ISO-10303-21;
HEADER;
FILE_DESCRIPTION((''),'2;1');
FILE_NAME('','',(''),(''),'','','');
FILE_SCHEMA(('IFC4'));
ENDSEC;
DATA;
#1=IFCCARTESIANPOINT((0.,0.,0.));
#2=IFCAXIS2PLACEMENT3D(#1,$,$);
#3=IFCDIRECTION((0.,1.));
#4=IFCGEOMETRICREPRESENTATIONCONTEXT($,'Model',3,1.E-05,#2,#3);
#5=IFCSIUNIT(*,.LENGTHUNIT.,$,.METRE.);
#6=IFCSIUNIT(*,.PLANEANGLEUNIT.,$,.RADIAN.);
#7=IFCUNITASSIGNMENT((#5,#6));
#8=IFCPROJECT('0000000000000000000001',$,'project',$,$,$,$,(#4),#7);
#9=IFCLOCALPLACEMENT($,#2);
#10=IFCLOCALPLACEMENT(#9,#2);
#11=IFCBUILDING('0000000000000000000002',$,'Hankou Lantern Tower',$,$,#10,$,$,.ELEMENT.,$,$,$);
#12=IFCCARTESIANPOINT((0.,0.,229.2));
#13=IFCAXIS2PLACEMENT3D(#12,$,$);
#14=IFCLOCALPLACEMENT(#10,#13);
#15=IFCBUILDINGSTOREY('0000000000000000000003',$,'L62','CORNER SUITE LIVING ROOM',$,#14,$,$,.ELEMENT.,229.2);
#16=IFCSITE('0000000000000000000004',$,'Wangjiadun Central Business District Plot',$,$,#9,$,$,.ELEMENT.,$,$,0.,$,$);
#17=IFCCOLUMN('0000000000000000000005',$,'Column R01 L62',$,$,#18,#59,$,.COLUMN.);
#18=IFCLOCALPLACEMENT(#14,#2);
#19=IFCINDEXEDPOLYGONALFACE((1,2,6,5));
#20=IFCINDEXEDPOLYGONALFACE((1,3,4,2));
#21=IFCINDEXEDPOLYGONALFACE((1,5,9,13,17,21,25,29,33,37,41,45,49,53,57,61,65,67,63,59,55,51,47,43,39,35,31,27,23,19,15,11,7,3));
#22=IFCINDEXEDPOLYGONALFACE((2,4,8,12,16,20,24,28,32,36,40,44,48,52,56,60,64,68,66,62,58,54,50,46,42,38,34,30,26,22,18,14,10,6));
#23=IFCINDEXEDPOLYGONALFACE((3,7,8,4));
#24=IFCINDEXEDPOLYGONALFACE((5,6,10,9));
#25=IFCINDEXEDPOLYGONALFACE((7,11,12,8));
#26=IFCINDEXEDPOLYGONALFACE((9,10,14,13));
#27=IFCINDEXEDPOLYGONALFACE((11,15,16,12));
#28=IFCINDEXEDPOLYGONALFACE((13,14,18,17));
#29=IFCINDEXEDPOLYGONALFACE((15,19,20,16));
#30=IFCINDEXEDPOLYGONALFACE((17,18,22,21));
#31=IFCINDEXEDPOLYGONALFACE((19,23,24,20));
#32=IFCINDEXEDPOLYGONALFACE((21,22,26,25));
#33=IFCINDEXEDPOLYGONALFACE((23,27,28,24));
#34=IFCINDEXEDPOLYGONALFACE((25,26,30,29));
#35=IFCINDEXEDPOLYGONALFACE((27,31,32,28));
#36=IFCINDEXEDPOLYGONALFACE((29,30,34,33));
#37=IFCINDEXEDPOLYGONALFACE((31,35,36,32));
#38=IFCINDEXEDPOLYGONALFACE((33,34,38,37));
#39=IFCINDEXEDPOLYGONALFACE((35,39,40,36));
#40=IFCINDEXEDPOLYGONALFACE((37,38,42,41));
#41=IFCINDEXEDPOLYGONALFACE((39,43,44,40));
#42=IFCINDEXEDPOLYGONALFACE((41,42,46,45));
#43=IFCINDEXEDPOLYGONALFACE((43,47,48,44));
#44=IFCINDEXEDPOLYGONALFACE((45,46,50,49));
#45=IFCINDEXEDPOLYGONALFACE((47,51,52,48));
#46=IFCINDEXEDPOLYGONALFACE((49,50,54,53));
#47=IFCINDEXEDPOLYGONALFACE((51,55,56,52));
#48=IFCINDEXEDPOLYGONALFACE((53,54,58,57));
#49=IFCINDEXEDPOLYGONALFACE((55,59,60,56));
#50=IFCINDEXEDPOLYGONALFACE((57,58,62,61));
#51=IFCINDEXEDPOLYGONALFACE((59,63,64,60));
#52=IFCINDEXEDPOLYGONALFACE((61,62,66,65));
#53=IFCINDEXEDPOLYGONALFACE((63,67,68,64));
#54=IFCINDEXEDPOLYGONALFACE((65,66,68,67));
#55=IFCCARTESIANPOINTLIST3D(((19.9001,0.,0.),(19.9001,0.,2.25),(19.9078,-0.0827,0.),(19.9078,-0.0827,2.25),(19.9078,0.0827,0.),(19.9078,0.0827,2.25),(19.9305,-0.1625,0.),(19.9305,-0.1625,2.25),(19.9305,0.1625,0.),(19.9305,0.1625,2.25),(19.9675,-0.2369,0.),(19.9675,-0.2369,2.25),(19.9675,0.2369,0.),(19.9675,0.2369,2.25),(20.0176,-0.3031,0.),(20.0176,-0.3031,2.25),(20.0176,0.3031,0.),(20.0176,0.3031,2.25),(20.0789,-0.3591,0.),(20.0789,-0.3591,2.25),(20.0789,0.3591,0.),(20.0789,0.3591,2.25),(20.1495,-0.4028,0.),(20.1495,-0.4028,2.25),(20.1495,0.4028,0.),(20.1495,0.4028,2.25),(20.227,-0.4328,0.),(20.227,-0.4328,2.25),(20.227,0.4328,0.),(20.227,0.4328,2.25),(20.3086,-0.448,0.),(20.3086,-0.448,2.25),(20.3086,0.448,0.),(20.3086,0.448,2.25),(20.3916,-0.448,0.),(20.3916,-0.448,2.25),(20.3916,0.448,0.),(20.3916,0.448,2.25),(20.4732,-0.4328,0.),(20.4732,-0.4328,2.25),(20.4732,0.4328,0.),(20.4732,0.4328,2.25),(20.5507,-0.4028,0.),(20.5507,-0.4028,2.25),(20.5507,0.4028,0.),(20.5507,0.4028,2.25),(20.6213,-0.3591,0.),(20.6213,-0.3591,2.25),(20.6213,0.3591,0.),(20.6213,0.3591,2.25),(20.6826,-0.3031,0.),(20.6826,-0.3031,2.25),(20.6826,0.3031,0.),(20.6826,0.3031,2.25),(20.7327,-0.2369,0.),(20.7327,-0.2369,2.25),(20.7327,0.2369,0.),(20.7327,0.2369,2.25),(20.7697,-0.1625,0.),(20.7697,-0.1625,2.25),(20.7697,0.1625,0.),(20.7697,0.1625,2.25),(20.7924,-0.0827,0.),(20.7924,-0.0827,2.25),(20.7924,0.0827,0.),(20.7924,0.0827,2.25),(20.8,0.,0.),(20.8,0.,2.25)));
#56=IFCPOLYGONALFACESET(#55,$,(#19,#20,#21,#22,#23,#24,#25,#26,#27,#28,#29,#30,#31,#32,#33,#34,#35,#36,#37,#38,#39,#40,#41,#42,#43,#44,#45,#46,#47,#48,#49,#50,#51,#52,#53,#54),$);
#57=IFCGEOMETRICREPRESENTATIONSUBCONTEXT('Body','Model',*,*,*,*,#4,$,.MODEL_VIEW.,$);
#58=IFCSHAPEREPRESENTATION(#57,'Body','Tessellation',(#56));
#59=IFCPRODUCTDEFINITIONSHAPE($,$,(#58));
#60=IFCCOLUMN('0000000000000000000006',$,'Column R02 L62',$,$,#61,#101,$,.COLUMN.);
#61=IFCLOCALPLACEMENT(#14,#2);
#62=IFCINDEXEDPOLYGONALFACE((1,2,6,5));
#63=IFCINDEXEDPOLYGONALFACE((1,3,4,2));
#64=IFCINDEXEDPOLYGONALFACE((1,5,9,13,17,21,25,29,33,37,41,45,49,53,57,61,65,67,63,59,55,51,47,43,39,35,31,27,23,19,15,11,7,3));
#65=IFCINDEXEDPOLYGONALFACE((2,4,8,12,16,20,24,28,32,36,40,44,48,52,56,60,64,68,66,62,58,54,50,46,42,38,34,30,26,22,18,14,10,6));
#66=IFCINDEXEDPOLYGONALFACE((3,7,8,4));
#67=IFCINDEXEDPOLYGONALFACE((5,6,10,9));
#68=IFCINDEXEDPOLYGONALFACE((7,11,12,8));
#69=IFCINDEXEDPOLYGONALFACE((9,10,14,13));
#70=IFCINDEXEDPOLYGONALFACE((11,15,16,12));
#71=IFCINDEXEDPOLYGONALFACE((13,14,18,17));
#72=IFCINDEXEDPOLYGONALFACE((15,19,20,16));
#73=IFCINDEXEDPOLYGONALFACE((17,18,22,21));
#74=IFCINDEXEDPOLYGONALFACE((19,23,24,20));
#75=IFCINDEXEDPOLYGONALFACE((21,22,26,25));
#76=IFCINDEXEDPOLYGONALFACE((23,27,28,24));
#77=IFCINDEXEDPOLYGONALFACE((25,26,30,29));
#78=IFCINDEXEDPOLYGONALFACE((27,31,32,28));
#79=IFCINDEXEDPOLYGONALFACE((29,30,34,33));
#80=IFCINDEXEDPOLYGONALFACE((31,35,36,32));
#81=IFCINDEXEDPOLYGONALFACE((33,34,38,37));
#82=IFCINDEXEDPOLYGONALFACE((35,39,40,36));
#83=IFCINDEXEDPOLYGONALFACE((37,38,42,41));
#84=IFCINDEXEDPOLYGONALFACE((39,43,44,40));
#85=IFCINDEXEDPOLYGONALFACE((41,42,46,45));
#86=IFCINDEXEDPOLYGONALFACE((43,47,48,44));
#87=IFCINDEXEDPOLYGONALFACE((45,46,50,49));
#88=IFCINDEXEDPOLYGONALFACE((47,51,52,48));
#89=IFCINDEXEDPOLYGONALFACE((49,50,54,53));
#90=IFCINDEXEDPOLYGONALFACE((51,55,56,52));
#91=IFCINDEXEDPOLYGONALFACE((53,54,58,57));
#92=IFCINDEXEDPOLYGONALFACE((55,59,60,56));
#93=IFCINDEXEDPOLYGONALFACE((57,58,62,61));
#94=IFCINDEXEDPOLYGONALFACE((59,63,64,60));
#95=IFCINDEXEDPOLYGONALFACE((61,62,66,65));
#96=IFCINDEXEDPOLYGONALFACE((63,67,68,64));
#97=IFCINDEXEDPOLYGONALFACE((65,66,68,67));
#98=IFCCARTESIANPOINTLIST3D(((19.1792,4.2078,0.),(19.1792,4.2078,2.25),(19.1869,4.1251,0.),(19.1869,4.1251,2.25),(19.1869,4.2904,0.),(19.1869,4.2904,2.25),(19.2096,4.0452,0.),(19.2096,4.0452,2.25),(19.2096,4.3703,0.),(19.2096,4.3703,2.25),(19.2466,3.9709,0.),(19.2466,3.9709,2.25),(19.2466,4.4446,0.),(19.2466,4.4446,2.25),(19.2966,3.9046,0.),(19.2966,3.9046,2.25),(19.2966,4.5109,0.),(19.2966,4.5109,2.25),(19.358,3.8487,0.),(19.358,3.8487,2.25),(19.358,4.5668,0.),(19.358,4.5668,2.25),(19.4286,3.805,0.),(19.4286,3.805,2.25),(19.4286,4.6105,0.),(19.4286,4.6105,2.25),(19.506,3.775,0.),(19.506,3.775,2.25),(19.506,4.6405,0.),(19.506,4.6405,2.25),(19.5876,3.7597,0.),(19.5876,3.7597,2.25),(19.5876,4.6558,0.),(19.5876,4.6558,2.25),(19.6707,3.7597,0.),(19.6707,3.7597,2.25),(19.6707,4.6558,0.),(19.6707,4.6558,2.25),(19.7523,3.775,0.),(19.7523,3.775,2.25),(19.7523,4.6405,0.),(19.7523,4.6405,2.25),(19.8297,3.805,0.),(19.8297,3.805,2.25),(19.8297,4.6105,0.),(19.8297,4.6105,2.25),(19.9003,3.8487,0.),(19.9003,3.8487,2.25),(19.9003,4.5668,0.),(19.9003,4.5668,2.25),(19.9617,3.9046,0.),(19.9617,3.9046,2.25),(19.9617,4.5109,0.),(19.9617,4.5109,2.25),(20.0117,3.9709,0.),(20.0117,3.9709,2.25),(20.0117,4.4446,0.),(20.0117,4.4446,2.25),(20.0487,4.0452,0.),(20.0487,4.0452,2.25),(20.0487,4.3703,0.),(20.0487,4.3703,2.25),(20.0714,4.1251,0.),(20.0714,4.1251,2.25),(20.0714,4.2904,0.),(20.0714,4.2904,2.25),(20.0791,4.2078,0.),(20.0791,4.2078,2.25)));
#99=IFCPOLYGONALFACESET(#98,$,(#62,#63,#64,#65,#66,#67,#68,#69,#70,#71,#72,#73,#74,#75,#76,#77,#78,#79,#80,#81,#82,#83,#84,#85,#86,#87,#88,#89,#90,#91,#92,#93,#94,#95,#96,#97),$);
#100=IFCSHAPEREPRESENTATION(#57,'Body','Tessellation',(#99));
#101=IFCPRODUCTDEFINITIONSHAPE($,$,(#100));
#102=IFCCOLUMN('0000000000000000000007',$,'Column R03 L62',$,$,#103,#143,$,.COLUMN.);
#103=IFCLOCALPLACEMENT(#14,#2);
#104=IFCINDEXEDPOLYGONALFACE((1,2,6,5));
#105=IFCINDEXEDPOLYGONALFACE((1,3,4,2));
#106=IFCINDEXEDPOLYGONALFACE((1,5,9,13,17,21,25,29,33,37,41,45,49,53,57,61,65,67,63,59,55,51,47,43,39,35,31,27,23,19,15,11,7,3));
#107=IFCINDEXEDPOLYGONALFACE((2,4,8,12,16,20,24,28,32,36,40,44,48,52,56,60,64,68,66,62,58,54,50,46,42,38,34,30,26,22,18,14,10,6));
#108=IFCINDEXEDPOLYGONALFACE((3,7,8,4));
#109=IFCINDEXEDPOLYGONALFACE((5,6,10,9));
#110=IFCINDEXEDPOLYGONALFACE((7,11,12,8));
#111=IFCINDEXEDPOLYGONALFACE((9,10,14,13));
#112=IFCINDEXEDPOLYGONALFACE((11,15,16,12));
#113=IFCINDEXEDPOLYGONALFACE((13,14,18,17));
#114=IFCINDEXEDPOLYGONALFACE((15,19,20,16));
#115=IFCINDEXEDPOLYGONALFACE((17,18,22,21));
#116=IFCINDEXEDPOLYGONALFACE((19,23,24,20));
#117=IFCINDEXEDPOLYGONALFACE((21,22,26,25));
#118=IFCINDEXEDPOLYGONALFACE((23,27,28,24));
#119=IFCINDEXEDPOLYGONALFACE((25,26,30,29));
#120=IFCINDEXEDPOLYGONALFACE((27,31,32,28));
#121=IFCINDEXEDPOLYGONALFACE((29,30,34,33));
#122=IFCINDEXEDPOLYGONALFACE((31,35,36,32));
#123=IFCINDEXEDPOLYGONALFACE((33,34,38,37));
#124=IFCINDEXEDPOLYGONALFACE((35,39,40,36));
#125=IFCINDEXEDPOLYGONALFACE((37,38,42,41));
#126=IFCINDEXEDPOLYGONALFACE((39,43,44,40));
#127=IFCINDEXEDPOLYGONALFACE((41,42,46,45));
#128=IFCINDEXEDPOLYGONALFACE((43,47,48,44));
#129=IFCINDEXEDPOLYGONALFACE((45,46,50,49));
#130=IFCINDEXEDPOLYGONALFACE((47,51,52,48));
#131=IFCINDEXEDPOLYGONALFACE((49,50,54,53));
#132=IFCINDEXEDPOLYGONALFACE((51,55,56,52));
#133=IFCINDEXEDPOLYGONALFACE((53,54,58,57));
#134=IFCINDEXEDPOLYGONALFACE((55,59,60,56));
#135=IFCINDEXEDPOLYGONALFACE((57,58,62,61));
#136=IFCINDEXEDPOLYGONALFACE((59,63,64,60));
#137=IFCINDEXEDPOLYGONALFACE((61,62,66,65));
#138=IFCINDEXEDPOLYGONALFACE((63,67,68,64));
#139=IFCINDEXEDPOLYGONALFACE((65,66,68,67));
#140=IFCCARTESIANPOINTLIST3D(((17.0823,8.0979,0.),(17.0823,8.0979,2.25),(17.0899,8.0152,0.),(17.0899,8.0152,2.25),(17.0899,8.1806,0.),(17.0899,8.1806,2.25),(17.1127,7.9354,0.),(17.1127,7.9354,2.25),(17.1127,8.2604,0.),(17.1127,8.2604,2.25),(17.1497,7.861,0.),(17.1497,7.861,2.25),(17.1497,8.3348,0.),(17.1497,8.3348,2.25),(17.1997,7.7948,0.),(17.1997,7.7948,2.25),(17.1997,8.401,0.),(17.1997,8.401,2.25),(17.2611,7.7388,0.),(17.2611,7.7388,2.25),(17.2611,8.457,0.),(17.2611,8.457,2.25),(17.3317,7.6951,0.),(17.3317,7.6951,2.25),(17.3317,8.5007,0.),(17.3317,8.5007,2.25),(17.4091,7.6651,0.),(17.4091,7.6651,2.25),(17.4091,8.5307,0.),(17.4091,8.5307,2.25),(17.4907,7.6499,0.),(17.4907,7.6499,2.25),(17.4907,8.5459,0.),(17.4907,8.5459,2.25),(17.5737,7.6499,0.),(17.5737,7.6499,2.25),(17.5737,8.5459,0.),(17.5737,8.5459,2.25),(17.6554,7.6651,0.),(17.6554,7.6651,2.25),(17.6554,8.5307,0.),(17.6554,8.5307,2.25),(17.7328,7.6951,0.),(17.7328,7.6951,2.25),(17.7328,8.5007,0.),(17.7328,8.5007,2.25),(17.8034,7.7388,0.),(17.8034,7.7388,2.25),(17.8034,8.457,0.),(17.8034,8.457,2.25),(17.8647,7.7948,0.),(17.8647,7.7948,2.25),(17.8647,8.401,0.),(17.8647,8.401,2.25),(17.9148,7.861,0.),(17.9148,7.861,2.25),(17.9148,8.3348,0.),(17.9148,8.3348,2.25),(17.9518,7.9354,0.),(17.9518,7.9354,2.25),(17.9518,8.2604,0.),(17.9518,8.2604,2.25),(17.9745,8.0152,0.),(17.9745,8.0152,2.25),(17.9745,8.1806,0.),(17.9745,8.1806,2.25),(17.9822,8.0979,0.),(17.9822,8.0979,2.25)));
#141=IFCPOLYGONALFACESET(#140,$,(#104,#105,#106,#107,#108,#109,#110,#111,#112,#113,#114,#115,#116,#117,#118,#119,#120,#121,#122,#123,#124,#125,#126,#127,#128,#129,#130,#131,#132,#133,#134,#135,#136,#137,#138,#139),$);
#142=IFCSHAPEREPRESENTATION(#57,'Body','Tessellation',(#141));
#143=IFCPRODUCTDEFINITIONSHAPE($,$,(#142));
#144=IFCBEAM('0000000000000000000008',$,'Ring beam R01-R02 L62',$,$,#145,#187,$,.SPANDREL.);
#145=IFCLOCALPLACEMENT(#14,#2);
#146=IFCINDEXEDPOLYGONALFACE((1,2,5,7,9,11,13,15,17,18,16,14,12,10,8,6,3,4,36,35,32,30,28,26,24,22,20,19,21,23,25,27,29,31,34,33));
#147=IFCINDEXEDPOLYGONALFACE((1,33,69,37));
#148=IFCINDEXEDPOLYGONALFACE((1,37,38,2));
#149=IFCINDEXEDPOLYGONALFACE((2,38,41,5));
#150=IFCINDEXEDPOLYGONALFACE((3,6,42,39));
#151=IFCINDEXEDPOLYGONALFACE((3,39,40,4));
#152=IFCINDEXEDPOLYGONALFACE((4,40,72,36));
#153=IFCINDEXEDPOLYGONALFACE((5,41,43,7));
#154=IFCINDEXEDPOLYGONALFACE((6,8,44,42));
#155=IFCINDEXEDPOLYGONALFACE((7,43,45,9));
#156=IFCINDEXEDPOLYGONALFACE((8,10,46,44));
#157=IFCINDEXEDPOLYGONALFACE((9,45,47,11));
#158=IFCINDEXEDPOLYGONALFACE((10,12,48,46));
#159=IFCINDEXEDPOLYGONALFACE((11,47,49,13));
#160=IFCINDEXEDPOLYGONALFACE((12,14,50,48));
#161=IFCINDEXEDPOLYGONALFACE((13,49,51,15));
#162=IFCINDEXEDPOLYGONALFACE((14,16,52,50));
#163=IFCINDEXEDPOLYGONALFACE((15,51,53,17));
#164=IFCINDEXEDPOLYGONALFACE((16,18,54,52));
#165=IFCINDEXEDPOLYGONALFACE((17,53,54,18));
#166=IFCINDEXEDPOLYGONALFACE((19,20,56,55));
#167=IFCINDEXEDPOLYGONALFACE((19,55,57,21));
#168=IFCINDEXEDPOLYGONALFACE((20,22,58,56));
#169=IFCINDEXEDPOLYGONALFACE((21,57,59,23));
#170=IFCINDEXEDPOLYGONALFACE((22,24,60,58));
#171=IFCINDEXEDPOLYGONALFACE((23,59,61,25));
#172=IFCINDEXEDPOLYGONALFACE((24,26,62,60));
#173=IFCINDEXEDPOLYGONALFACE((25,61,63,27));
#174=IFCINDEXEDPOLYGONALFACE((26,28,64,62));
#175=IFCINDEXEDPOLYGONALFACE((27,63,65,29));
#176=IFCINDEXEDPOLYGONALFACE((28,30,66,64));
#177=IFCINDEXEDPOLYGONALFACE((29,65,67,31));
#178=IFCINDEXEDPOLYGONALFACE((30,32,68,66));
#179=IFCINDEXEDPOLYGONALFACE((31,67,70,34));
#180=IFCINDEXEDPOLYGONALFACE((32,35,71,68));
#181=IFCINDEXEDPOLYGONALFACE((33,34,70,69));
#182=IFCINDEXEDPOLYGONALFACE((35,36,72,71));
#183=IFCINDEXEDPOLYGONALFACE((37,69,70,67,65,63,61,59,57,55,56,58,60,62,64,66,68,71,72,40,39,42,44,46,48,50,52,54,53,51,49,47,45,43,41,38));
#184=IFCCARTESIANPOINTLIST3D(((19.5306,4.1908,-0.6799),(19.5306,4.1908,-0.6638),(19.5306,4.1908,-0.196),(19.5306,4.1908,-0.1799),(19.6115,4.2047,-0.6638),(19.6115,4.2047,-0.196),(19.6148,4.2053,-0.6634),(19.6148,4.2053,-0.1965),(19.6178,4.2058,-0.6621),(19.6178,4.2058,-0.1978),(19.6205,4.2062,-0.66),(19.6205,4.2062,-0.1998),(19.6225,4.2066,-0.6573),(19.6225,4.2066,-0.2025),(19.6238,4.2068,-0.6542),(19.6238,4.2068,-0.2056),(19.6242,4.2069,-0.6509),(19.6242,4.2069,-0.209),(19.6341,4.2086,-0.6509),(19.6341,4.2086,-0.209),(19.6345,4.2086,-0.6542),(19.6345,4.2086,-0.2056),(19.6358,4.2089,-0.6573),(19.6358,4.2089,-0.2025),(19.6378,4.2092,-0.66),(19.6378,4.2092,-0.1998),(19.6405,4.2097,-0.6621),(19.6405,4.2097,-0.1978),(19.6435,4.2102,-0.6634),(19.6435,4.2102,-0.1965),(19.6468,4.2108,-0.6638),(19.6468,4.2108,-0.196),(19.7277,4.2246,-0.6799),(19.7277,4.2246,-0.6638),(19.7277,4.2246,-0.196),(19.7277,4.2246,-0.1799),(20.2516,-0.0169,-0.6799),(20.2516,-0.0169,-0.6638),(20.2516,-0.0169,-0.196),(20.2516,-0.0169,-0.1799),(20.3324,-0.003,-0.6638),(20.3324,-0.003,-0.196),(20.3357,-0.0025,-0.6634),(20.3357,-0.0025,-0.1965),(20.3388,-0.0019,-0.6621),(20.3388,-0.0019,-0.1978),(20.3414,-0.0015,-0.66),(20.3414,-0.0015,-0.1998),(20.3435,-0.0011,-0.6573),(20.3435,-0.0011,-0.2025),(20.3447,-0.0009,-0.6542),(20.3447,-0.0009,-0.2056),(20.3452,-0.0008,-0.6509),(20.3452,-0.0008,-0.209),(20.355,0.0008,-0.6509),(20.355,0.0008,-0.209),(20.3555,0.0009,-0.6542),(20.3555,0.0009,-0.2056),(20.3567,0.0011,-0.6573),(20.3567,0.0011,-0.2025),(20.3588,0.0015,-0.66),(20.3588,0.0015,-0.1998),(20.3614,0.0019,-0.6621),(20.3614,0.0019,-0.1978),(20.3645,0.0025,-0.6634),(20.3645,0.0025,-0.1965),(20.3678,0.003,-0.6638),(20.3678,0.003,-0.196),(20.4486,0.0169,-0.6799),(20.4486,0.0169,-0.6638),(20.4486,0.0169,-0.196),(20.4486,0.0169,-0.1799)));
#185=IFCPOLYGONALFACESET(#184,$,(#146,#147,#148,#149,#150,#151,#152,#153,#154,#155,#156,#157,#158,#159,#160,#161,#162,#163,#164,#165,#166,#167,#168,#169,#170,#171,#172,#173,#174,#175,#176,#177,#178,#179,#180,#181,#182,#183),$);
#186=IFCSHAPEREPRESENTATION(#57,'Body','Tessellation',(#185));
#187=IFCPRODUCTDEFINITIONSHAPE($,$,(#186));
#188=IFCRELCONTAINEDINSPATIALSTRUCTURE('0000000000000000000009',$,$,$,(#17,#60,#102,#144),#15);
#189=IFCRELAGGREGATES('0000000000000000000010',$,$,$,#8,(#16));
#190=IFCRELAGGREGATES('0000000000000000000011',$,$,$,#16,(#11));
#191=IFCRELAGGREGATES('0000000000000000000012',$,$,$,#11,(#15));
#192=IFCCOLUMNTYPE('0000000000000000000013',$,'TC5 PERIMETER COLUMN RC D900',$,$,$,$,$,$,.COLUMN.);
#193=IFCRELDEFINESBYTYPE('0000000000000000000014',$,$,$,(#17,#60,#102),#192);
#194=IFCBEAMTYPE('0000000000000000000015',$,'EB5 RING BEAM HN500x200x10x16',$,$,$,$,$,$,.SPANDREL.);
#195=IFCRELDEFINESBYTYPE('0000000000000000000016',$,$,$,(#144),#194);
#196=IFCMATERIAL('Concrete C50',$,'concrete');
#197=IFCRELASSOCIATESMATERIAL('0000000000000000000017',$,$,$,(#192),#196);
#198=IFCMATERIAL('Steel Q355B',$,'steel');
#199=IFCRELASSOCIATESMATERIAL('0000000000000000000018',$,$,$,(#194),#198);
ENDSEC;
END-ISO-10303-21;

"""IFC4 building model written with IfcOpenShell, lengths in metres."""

from ifc_helpers import new_model, si_unit, direction, frame, origin, origin_2d, place, context, subcontext, project, spatial, circle, i_section, extrude, clip, halfspace, material, material_profile, profile_set, type_object, element, save


model = new_model("IFC4")

# Units and contexts
model_context = context("Model", 3, precision=1e-05, world=origin(), true_north=direction((0.0, 1.0)))
body_context = subcontext(model_context, "Body", "Model", "MODEL_VIEW")
ifc_project = project(units=[si_unit("LENGTHUNIT", "METRE"), si_unit("PLANEANGLEUNIT", "RADIAN")], contexts=[model_context])

# Site, building, storey
site_placement = place(None, origin())
site = spatial("IfcSite", under=ifc_project, at=site_placement, Name="Wangjiadun Central Business District Plot", CompositionType="ELEMENT", RefElevation=0.0)
building_placement = place(site_placement, origin())
building = spatial("IfcBuilding", under=site, at=building_placement, Name="Hankou Lantern Tower", CompositionType="ELEMENT")
storey_placement = place(building_placement, frame((0.0, 0.0, 229.2)))
storey = spatial("IfcBuildingStorey", under=building, at=storey_placement, Name="L62", Description="CORNER SUITE LIVING ROOM", CompositionType="ELEMENT", Elevation=229.2)

# Columns
ifc_material_1 = material(Name="Concrete C50", Category="concrete")
ifc_material_profile_1 = material_profile(ifc_material_1, circle(Radius=0.45, at=origin_2d()), Name="RC D900")
ifc_profile_set_1 = profile_set([ifc_material_profile_1], Name="Concrete C50")
column_type = type_object("IfcColumnType", Name="TC5 PERIMETER COLUMN RC D900", PredefinedType="COLUMN", material=ifc_profile_set_1)
for number, where, z_axis, x_axis, name in (
    (1, (20.3501, 0.0, 0.0), (0.0, 0.0, 1.0), (1.0, 0.0, 0.0), "Column R01 L62"),
    (2, (19.6292, 4.2078, 0.0), (0.0, 0.0, 1.0), (1.0, 0.0, 0.0), "Column R02 L62"),
    (3, (17.5322, 8.0979, 0.0), (0.0, 0.0, 1.0), (1.0, 0.0, 0.0), "Column R03 L62"),
):
    element("IfcColumn", number, at=place(storey_placement, frame(where, z_axis=z_axis, x_axis=x_axis)), inside=storey, type_object=column_type, Name=name, PredefinedType="COLUMN", context=body_context, shape_type="Clipping", body=[
        clip(extrude(circle(Radius=0.45, at=origin_2d()), origin(), (0.0, 0.0, 1.0), 3.3), halfspace(frame((0.0, 0.0, 2.25), z_axis=(0.0, 0.0, 1.0), x_axis=(1.0, 0.0, 0.0)), False)),
    ])

# Beam
ifc_material_2 = material(Name="Steel Q355B", Category="steel")
ifc_material_profile_2 = material_profile(ifc_material_2, i_section(OverallWidth=0.2, OverallDepth=0.5, WebThickness=0.01, FlangeThickness=0.0161, FilletRadius=0.0129, at=origin_2d()), Name="HN500x200x10x16")
ifc_profile_set_2 = profile_set([ifc_material_profile_2], Name="Steel Q355B")
beam_type_1 = type_object("IfcBeamType", Name="EB5 RING BEAM HN500x200x10x16", PredefinedType="SPANDREL", material=ifc_profile_set_2)
beam_1_placement = place(storey_placement, frame((20.3501, 0.0, -0.4299), z_axis=(-0.168877, 0.985637, 0.0), x_axis=(-0.985637, -0.168877, 0.0)))
element("IfcBeam", 4, at=beam_1_placement, inside=storey, type_object=beam_type_1, Name="Ring beam R01-R02 L62", PredefinedType="SPANDREL", context=body_context, shape_type="SweptSolid", body=[
    extrude(i_section(OverallWidth=0.2, OverallDepth=0.5, WebThickness=0.01, FlangeThickness=0.0161, FilletRadius=0.0129, at=origin_2d()), origin(), (0.0, 0.0, 1.0), 4.269),
])

save(model, "model.ifc")
